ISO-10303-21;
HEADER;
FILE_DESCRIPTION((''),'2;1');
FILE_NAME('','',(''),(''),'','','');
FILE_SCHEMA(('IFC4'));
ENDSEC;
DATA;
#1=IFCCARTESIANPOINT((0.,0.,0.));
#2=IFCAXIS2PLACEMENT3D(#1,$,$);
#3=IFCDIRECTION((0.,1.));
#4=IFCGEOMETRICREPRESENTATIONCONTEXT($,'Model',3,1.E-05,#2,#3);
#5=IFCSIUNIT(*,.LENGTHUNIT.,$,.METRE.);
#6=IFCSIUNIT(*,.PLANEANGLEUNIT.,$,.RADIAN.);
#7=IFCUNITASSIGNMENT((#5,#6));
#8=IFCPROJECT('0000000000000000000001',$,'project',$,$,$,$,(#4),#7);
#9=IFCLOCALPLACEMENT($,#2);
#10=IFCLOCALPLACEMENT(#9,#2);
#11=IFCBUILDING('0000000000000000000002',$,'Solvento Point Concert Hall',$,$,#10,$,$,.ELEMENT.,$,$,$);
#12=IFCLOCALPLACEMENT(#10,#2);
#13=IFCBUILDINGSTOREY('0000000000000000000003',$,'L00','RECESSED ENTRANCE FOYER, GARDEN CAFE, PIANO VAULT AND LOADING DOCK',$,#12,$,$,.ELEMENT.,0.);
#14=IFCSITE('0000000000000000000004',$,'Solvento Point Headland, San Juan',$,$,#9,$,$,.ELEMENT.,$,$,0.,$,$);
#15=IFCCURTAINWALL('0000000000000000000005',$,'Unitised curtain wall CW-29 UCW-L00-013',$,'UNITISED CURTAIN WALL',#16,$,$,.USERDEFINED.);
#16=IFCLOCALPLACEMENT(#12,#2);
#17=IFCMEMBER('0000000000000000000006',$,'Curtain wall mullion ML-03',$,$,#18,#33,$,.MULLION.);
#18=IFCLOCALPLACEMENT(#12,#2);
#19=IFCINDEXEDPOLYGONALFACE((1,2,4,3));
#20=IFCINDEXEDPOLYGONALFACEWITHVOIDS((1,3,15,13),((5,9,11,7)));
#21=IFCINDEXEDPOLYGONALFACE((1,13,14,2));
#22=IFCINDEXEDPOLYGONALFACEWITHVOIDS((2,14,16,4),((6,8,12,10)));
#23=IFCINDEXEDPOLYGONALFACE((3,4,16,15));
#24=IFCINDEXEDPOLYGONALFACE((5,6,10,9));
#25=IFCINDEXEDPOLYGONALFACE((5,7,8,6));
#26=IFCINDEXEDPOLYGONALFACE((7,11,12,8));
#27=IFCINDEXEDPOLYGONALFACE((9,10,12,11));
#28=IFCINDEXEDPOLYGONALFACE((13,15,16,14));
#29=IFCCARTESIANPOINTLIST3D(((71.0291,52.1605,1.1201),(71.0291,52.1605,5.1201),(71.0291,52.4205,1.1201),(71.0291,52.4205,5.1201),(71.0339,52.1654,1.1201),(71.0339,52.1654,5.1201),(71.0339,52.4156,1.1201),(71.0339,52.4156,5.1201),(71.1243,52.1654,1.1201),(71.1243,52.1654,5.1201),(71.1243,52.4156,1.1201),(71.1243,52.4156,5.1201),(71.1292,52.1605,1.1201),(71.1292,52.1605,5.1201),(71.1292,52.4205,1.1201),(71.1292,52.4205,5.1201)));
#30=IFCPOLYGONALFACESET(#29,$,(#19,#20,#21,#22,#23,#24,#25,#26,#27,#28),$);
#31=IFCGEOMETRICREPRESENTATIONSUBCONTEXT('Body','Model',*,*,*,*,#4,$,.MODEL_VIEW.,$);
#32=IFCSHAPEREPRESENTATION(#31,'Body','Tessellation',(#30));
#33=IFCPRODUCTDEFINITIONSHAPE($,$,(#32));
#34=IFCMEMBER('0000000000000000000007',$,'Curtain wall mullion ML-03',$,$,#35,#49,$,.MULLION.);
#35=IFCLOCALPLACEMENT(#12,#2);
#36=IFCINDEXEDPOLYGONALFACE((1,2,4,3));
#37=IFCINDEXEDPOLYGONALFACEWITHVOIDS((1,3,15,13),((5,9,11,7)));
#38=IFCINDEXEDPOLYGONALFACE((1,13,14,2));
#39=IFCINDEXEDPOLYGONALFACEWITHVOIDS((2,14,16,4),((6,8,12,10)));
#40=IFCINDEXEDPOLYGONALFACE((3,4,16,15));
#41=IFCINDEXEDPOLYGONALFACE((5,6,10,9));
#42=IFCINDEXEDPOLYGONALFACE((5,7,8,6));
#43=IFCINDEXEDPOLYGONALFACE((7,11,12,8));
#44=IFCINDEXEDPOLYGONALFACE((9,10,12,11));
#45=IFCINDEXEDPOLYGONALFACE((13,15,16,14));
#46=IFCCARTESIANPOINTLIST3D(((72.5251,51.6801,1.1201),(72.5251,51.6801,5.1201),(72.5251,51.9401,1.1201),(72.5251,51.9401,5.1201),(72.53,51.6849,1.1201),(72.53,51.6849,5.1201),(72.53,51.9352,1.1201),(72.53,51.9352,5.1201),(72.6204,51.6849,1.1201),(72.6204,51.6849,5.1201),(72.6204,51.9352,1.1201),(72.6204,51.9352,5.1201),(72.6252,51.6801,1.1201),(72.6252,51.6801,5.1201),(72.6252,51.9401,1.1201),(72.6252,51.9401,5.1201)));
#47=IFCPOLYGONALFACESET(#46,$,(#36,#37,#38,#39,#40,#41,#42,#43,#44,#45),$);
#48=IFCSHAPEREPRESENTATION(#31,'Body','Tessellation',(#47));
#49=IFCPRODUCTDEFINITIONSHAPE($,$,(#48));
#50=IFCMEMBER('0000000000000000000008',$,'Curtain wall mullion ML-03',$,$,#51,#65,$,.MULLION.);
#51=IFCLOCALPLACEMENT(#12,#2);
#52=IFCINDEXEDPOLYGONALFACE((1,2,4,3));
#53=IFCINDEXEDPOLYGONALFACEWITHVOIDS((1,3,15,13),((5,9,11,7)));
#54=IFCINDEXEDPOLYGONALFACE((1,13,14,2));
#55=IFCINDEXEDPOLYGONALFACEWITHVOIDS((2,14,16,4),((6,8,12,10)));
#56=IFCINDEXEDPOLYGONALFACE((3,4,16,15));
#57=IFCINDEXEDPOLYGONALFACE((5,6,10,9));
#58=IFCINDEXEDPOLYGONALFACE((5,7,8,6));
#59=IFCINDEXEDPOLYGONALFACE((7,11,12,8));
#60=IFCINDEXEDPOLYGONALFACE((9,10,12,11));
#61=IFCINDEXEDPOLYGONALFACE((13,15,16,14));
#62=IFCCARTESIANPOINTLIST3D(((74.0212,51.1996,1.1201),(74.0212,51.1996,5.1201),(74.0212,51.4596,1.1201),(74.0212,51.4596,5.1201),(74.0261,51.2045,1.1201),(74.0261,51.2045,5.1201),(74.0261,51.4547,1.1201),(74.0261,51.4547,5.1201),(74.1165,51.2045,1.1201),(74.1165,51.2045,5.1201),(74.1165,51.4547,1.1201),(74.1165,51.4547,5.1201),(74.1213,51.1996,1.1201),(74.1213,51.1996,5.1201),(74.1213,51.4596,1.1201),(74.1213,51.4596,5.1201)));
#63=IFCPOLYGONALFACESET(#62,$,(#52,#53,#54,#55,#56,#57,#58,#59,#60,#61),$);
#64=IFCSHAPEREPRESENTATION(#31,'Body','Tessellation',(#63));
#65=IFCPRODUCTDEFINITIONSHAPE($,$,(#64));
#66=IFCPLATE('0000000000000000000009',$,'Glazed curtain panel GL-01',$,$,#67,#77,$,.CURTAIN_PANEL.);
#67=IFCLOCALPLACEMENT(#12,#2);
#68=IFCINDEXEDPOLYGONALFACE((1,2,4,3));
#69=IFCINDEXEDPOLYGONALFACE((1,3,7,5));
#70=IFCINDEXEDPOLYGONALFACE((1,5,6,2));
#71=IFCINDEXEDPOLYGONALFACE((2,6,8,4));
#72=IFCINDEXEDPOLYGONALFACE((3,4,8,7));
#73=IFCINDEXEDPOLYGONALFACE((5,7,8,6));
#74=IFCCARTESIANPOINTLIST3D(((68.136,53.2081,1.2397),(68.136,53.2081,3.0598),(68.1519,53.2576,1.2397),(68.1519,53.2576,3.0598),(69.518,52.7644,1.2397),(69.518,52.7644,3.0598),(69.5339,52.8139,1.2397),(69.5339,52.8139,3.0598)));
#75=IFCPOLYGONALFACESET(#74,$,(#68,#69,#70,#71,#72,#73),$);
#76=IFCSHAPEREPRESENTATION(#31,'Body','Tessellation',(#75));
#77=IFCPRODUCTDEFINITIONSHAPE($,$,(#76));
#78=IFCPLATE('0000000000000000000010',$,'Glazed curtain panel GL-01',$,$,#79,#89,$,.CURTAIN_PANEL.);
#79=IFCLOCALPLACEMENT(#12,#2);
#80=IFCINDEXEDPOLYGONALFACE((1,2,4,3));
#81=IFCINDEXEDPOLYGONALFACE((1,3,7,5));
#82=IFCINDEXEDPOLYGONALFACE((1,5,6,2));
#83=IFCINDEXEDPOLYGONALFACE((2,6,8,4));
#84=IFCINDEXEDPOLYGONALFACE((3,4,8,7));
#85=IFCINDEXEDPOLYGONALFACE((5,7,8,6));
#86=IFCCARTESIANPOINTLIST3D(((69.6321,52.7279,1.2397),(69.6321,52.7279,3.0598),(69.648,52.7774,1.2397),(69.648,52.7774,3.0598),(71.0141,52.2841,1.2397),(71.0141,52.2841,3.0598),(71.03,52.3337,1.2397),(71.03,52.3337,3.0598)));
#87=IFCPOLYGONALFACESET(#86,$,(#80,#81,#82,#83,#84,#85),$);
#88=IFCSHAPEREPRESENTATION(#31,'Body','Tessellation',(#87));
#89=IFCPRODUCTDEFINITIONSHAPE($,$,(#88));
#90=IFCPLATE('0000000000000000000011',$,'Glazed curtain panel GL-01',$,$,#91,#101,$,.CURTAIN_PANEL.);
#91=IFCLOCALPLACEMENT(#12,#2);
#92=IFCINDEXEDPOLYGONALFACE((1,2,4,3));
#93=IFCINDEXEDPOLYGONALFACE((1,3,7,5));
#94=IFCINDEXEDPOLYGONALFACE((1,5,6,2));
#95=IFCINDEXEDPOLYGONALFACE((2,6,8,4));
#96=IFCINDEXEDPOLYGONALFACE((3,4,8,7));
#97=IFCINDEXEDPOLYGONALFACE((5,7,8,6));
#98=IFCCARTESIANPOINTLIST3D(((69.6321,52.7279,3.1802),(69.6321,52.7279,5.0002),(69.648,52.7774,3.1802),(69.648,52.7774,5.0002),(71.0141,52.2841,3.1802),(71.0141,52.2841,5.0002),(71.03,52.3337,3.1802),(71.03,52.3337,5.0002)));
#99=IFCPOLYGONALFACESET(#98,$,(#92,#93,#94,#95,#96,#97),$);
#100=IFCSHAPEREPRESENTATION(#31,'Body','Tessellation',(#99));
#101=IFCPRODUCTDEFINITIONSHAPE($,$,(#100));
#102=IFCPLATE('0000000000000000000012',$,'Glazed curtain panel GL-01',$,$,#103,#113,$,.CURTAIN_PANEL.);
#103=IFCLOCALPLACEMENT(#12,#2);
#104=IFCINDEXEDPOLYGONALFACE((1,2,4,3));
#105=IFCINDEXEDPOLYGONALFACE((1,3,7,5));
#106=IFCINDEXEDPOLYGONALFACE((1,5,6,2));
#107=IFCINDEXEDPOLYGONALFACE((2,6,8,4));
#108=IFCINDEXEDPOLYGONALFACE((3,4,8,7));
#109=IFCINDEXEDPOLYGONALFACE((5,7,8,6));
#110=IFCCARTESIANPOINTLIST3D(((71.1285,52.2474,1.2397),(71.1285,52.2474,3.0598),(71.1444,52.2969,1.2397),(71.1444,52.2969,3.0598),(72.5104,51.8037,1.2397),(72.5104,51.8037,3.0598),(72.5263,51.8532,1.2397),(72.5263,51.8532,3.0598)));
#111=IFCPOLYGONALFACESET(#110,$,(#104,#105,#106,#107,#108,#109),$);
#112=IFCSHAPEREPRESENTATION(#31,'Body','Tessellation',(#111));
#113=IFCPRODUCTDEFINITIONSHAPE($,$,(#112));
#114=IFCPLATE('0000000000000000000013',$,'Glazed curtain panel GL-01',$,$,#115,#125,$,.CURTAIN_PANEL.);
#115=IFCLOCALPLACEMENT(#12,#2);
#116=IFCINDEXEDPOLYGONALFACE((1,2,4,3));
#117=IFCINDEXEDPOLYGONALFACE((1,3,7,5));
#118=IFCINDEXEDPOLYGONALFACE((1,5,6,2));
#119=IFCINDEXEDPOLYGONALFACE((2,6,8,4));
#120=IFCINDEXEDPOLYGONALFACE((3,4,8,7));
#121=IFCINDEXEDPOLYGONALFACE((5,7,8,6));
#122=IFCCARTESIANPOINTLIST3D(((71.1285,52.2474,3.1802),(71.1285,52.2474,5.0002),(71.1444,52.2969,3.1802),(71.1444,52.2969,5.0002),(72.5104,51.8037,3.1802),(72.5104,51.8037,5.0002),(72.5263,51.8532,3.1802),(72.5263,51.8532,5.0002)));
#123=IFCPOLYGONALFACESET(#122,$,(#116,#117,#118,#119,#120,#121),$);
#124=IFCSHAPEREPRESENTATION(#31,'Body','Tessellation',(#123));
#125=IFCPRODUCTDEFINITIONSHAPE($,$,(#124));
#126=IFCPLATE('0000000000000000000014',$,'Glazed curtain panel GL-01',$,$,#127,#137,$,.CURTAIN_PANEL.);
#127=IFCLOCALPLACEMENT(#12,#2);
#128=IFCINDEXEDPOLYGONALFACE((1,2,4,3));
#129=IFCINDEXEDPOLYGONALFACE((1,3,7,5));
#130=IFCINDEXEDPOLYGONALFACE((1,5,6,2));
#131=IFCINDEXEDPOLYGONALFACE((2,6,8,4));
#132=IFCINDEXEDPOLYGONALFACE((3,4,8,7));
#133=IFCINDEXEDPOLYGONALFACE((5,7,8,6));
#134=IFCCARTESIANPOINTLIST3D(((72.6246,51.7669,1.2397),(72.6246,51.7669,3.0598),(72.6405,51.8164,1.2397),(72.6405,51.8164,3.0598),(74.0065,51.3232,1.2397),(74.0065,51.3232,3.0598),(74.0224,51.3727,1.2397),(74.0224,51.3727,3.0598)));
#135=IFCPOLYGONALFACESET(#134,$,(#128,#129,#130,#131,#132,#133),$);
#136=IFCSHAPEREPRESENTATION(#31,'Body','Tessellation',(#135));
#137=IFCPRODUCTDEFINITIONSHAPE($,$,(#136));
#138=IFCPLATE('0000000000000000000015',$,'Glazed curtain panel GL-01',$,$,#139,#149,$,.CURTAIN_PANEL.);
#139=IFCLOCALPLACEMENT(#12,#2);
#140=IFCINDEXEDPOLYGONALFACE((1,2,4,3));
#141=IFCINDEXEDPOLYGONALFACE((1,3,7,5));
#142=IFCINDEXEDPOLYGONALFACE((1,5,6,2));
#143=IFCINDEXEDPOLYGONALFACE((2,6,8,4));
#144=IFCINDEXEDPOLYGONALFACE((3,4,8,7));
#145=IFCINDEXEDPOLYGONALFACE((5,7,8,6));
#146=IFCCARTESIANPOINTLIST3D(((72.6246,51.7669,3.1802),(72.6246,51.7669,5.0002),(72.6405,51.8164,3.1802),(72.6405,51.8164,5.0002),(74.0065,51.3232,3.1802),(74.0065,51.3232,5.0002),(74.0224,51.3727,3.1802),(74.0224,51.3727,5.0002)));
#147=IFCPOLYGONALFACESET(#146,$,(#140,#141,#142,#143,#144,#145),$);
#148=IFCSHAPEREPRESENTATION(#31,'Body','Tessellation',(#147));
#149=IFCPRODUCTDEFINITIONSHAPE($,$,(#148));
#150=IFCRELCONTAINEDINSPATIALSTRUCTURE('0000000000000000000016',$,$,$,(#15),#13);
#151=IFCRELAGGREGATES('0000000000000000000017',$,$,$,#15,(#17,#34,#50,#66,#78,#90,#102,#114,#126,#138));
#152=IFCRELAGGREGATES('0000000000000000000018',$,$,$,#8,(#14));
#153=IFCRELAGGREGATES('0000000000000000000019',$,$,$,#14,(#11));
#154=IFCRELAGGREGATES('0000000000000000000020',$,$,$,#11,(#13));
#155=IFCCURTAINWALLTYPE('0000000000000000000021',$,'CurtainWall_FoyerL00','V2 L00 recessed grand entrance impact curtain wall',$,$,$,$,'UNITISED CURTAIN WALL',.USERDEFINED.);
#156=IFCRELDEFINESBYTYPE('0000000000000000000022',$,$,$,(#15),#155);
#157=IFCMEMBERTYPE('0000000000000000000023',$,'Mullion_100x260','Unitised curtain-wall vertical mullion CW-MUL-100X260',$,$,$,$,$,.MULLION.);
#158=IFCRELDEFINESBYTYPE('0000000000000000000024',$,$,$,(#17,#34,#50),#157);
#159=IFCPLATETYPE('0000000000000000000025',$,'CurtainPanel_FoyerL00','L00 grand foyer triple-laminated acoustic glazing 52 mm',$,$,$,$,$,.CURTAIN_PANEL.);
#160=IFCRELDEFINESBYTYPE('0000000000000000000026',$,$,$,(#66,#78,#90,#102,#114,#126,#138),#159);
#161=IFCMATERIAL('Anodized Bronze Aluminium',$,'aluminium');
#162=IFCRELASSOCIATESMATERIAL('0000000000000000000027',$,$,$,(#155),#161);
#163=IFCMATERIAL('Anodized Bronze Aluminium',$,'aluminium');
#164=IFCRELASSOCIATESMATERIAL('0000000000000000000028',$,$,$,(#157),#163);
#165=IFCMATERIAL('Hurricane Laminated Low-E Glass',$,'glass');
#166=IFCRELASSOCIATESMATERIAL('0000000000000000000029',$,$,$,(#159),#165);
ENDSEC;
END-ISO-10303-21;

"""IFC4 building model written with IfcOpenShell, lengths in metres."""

from ifc_helpers import new_model, si_unit, direction, frame, origin, origin_2d, place, context, subcontext, project, spatial, rectangle, hollow_rectangle, extrude, material, material_profile, profile_set, type_object, element, aggregate, save


model = new_model("IFC4")

# Units and contexts
model_context = context("Model", 3, precision=1e-05, world=origin(), true_north=direction((0.0, 1.0)))
body_context = subcontext(model_context, "Body", "Model", "MODEL_VIEW")
ifc_project = project(units=[si_unit("LENGTHUNIT", "METRE"), si_unit("PLANEANGLEUNIT", "RADIAN")], contexts=[model_context])

# Site, building, storey
site_placement = place(None, origin())
site = spatial("IfcSite", under=ifc_project, at=site_placement, Name="Solvento Point Headland, San Juan", CompositionType="ELEMENT", RefElevation=0.0)
building_placement = place(site_placement, origin())
building = spatial("IfcBuilding", under=site, at=building_placement, Name="Solvento Point Concert Hall", CompositionType="ELEMENT")
storey_placement = place(building_placement, origin())
storey = spatial("IfcBuildingStorey", under=building, at=storey_placement, Name="L00", Description="RECESSED ENTRANCE FOYER, GARDEN CAFE, PIANO VAULT AND LOADING DOCK", CompositionType="ELEMENT", Elevation=0.0)

# Curtain wall, members, plates
ifc_material_1 = material(Name="Anodized Bronze Aluminium", Category="aluminium")
curtain_wall_type = type_object("IfcCurtainWallType", Name="CurtainWall_FoyerL00", Description="V2 L00 recessed grand entrance impact curtain wall", ElementType="UNITISED CURTAIN WALL", PredefinedType="USERDEFINED", material=ifc_material_1)
curtain_wall_placement = place(storey_placement, origin())
curtain_wall = element("IfcCurtainWall", 1, at=curtain_wall_placement, inside=storey, type_object=curtain_wall_type, Name="Unitised curtain wall CW-29 UCW-L00-013", ObjectType="UNITISED CURTAIN WALL", PredefinedType="USERDEFINED")
ifc_material_2 = material(Name="Anodized Bronze Aluminium", Category="aluminium")
ifc_material_profile_1 = material_profile(ifc_material_2, hollow_rectangle(XDim=0.1001, YDim=0.26, WallThickness=0.0049, at=origin_2d()), Name="CW-MUL-100X260")
ifc_profile_set_1 = profile_set([ifc_material_profile_1], Name="Anodized Bronze Aluminium")
member_type = type_object("IfcMemberType", Name="Mullion_100x260", Description="Unitised curtain-wall vertical mullion CW-MUL-100X260", PredefinedType="MULLION", material=ifc_profile_set_1)
member_1_placement = place(storey_placement, frame((71.0791, 52.2905, 1.1201), z_axis=(0.0, 0.0, 1.0), x_axis=(1.0, 0.0, 0.0)))
member_1 = element("IfcMember", 2, at=member_1_placement, type_object=member_type, Name="Curtain wall mullion ML-03", PredefinedType="MULLION", context=body_context, shape_type="SweptSolid", body=[
    extrude(hollow_rectangle(XDim=0.1001, YDim=0.26, WallThickness=0.0049, at=origin_2d()), origin(), (0.0, 0.0, 1.0), 4.0),
])
member_2_placement = place(storey_placement, frame((72.5752, 51.8101, 1.1201), z_axis=(0.0, 0.0, 1.0), x_axis=(1.0, 0.0, 0.0)))
member_2 = element("IfcMember", 3, at=member_2_placement, type_object=member_type, Name="Curtain wall mullion ML-03", PredefinedType="MULLION", context=body_context, shape_type="SweptSolid", body=[
    extrude(hollow_rectangle(XDim=0.1001, YDim=0.26, WallThickness=0.0049, at=origin_2d()), origin(), (0.0, 0.0, 1.0), 4.0),
])
member_3_placement = place(storey_placement, frame((74.0713, 51.3296, 1.1201), z_axis=(0.0, 0.0, 1.0), x_axis=(1.0, 0.0, 0.0)))
member_3 = element("IfcMember", 4, at=member_3_placement, type_object=member_type, Name="Curtain wall mullion ML-03", PredefinedType="MULLION", context=body_context, shape_type="SweptSolid", body=[
    extrude(hollow_rectangle(XDim=0.1001, YDim=0.26, WallThickness=0.0049, at=origin_2d()), origin(), (0.0, 0.0, 1.0), 4.0),
])
ifc_material_3 = material(Name="Hurricane Laminated Low-E Glass", Category="glass")
plate_type = type_object("IfcPlateType", Name="CurtainPanel_FoyerL00", Description="L00 grand foyer triple-laminated acoustic glazing 52 mm", PredefinedType="CURTAIN_PANEL", material=ifc_material_3)
plate_1_placement = place(storey_placement, frame((68.835, 53.011, 1.2397), z_axis=(0.0, 0.0, 1.0), x_axis=(0.952121, -0.30572, 0.0)))
plate_1 = element("IfcPlate", 5, at=plate_1_placement, type_object=plate_type, Name="Glazed curtain panel GL-01", PredefinedType="CURTAIN_PANEL", context=body_context, shape_type="SweptSolid", body=[
    extrude(rectangle(XDim=1.4514, YDim=0.052, at=origin_2d()), origin(), (0.0, 0.0, 1.0), 1.8201),
])
plate_2_placement = place(storey_placement, frame((70.3311, 52.5308, 1.2397), z_axis=(0.0, 0.0, 1.0), x_axis=(0.952121, -0.30572, 0.0)))
plate_2 = element("IfcPlate", 6, at=plate_2_placement, type_object=plate_type, Name="Glazed curtain panel GL-01", PredefinedType="CURTAIN_PANEL", context=body_context, shape_type="SweptSolid", body=[
    extrude(rectangle(XDim=1.4514, YDim=0.052, at=origin_2d()), origin(), (0.0, 0.0, 1.0), 1.8201),
])
plate_3_placement = place(storey_placement, frame((70.3311, 52.5308, 3.1802), z_axis=(0.0, 0.0, 1.0), x_axis=(0.952121, -0.30572, 0.0)))
plate_3 = element("IfcPlate", 7, at=plate_3_placement, type_object=plate_type, Name="Glazed curtain panel GL-01", PredefinedType="CURTAIN_PANEL", context=body_context, shape_type="SweptSolid", body=[
    extrude(rectangle(XDim=1.4514, YDim=0.052, at=origin_2d()), origin(), (0.0, 0.0, 1.0), 1.8201),
])
plate_4_placement = place(storey_placement, frame((71.8274, 52.0503, 1.2397), z_axis=(0.0, 0.0, 1.0), x_axis=(0.952121, -0.30572, 0.0)))
plate_4 = element("IfcPlate", 8, at=plate_4_placement, type_object=plate_type, Name="Glazed curtain panel GL-01", PredefinedType="CURTAIN_PANEL", context=body_context, shape_type="SweptSolid", body=[
    extrude(rectangle(XDim=1.4514, YDim=0.052, at=origin_2d()), origin(), (0.0, 0.0, 1.0), 1.8201),
])
plate_5_placement = place(storey_placement, frame((71.8274, 52.0503, 3.1802), z_axis=(0.0, 0.0, 1.0), x_axis=(0.952121, -0.30572, 0.0)))
plate_5 = element("IfcPlate", 9, at=plate_5_placement, type_object=plate_type, Name="Glazed curtain panel GL-01", PredefinedType="CURTAIN_PANEL", context=body_context, shape_type="SweptSolid", body=[
    extrude(rectangle(XDim=1.4514, YDim=0.052, at=origin_2d()), origin(), (0.0, 0.0, 1.0), 1.8201),
])
plate_6_placement = place(storey_placement, frame((73.3235, 51.5698, 1.2397), z_axis=(0.0, 0.0, 1.0), x_axis=(0.952121, -0.30572, 0.0)))
plate_6 = element("IfcPlate", 10, at=plate_6_placement, type_object=plate_type, Name="Glazed curtain panel GL-01", PredefinedType="CURTAIN_PANEL", context=body_context, shape_type="SweptSolid", body=[
    extrude(rectangle(XDim=1.4514, YDim=0.052, at=origin_2d()), origin(), (0.0, 0.0, 1.0), 1.8201),
])
plate_7_placement = place(storey_placement, frame((73.3235, 51.5698, 3.1802), z_axis=(0.0, 0.0, 1.0), x_axis=(0.952121, -0.30572, 0.0)))
plate_7 = element("IfcPlate", 11, at=plate_7_placement, type_object=plate_type, Name="Glazed curtain panel GL-01", PredefinedType="CURTAIN_PANEL", context=body_context, shape_type="SweptSolid", body=[
    extrude(rectangle(XDim=1.4514, YDim=0.052, at=origin_2d()), origin(), (0.0, 0.0, 1.0), 1.8201),
])
aggregate(curtain_wall, [member_1, member_2, member_3, plate_1, plate_2, plate_3, plate_4, plate_5, plate_6, plate_7])

save(model, "model.ifc")
